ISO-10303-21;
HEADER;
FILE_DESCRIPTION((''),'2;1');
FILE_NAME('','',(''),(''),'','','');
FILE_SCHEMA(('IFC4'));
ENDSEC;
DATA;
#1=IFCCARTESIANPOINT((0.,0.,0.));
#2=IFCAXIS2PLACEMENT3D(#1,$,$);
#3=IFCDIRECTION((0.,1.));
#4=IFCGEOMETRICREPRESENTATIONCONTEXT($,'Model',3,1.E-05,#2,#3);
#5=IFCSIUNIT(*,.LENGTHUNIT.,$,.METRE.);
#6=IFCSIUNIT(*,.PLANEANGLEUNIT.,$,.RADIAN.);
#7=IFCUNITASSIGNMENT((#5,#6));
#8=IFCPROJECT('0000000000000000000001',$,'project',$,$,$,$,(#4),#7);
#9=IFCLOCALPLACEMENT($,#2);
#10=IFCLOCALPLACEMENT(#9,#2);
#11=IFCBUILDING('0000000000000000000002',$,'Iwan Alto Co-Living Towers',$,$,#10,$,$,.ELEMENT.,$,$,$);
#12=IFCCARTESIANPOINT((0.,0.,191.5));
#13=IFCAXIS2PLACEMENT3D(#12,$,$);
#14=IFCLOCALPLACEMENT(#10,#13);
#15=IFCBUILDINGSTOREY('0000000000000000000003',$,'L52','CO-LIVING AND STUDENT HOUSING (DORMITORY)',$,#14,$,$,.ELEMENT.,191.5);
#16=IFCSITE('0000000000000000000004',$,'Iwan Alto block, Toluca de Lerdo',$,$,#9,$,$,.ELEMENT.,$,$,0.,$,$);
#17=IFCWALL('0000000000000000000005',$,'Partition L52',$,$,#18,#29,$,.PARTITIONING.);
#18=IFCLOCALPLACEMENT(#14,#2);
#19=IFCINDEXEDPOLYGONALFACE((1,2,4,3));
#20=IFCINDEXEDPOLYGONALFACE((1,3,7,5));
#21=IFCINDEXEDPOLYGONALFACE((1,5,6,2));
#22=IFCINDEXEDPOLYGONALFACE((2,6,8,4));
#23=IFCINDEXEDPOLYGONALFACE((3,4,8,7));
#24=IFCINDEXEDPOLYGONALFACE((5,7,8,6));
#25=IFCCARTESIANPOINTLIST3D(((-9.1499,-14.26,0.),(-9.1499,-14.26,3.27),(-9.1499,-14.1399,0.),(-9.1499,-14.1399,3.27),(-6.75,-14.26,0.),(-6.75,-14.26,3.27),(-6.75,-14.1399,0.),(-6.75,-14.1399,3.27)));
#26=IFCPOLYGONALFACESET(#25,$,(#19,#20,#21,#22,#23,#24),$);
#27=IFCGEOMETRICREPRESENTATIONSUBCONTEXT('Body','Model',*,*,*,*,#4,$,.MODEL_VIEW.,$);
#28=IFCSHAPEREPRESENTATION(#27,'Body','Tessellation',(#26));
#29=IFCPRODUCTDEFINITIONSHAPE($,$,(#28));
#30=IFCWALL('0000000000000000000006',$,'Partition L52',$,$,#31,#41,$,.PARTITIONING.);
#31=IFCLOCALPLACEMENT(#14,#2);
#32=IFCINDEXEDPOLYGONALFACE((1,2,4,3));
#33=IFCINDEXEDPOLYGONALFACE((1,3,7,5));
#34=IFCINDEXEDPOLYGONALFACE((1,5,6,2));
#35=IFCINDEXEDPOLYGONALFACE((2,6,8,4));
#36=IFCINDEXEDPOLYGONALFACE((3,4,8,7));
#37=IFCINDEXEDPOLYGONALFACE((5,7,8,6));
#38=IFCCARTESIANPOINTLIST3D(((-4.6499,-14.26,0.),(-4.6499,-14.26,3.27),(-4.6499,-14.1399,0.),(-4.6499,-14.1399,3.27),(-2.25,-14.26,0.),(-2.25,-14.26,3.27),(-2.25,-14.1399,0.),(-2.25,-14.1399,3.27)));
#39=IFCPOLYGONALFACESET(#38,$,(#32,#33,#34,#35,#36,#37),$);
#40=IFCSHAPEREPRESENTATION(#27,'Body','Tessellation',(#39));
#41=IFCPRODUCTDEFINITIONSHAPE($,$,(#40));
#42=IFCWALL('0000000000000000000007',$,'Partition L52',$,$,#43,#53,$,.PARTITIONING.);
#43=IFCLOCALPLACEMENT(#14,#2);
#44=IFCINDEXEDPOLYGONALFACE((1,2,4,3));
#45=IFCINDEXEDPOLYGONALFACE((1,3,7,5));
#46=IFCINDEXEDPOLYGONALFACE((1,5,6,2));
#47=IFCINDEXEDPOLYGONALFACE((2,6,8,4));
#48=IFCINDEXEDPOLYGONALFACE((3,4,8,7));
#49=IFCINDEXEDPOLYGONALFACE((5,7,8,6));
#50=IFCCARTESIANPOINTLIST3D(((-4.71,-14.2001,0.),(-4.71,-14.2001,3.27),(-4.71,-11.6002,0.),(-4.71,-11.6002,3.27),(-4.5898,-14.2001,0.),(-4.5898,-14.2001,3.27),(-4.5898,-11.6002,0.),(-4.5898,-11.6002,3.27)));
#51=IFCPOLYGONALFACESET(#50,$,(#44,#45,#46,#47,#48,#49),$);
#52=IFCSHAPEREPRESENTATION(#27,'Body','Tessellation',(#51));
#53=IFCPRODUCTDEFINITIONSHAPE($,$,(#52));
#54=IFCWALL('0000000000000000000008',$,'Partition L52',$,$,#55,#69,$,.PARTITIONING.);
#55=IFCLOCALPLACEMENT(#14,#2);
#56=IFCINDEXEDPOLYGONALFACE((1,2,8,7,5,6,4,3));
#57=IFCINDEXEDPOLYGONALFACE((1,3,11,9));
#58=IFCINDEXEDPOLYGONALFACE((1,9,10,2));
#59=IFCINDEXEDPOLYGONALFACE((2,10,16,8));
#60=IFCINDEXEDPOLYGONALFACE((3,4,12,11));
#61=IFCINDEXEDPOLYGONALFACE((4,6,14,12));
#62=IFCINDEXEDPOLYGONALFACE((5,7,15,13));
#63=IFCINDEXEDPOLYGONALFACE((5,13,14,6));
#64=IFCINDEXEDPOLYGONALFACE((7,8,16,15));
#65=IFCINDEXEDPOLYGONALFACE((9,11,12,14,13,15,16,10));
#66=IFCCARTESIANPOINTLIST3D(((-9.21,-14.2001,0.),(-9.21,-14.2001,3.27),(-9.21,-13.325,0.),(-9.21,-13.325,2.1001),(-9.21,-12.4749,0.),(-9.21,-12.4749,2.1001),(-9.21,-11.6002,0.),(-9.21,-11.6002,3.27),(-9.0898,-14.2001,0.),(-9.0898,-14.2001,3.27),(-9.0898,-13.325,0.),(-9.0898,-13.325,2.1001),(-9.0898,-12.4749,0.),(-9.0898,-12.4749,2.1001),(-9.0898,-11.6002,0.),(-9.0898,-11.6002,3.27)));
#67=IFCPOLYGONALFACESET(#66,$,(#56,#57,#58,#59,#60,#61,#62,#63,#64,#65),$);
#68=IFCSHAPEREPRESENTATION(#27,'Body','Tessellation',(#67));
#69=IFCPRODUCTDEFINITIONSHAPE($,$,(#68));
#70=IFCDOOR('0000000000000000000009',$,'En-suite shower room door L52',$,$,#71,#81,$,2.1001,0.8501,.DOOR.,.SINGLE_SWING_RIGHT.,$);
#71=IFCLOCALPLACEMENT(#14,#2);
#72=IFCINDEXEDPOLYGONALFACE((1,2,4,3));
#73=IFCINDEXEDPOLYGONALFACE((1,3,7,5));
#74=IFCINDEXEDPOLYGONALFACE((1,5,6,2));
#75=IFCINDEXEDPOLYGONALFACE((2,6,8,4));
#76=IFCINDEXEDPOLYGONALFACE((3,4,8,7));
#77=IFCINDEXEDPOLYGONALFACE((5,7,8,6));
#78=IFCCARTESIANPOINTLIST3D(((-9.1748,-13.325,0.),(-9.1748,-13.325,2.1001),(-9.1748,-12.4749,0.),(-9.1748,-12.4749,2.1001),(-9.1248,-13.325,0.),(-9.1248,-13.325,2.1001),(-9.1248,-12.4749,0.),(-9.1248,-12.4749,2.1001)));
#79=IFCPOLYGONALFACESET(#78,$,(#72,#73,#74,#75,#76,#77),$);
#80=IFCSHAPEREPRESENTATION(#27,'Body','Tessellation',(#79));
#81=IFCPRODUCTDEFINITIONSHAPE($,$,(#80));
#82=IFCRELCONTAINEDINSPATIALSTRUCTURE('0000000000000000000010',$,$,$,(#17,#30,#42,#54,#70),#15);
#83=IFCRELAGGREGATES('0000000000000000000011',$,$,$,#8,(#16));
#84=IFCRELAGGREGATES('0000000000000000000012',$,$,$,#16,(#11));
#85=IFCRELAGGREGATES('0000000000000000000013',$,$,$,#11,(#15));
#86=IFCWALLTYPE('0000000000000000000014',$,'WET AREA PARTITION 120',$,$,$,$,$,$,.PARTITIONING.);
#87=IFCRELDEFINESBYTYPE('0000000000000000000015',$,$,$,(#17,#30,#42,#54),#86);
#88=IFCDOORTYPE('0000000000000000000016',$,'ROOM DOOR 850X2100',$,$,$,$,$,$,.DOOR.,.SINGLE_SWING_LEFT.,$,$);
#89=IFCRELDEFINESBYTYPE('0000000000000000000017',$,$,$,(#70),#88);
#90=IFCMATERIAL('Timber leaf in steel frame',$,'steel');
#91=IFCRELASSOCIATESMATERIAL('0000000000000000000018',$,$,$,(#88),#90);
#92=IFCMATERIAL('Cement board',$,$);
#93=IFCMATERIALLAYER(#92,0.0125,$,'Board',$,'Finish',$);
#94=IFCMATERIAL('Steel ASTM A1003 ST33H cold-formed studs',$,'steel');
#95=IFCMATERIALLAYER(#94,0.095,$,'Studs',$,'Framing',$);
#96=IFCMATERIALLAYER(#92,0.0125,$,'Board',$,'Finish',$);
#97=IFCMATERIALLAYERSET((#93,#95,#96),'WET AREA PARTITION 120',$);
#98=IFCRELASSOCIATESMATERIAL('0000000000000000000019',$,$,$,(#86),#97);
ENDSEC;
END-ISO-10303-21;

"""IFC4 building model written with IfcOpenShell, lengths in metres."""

from ifc_helpers import new_model, si_unit, direction, frame, frame_2d, origin, place, context, subcontext, project, spatial, rectangle, extrude, material, layer, layer_set, type_object, element, fill, save


model = new_model("IFC4")

# Units and contexts
model_context = context("Model", 3, precision=1e-05, world=origin(), true_north=direction((0.0, 1.0)))
body_context = subcontext(model_context, "Body", "Model", "MODEL_VIEW")
ifc_project = project(units=[si_unit("LENGTHUNIT", "METRE"), si_unit("PLANEANGLEUNIT", "RADIAN")], contexts=[model_context])

# Site, building, storey
site_placement = place(None, origin())
site = spatial("IfcSite", under=ifc_project, at=site_placement, Name="Iwan Alto block, Toluca de Lerdo", CompositionType="ELEMENT", RefElevation=0.0)
building_placement = place(site_placement, origin())
building = spatial("IfcBuilding", under=site, at=building_placement, Name="Iwan Alto Co-Living Towers", CompositionType="ELEMENT")
storey_placement = place(building_placement, frame((0.0, 0.0, 191.5)))
storey = spatial("IfcBuildingStorey", under=building, at=storey_placement, Name="L52", Description="CO-LIVING AND STUDENT HOUSING (DORMITORY)", CompositionType="ELEMENT", Elevation=191.5)

# Shared definitions
ifc_material_1 = material(Name="Steel ASTM A1003 ST33H cold-formed studs", Category="steel")

# Shared definitions
ifc_material_2 = material(Name="Timber leaf in steel frame", Category="steel")
door_type_1 = type_object("IfcDoorType", Name="ROOM DOOR 850X2100", OperationType="SINGLE_SWING_LEFT", PredefinedType="DOOR", material=ifc_material_2)

# Walls
ifc_material_3 = material(Name="Cement board")
ifc_layer_1 = layer(ifc_material_3, 0.0125, Name="Board", Category="Finish")
ifc_layer_2 = layer(ifc_material_1, 0.095, Name="Studs", Category="Framing")
ifc_layer_3 = layer(ifc_material_3, 0.0125, Name="Board", Category="Finish")
ifc_layer_set_1 = layer_set([ifc_layer_1, ifc_layer_2, ifc_layer_3], Name="WET AREA PARTITION 120")
wall_type_1 = type_object("IfcWallType", Name="WET AREA PARTITION 120", PredefinedType="PARTITIONING", material=ifc_layer_set_1)
for number, where, z_axis, x_axis, name in (
    (1, (-9.1499, -14.2, 0.0), (0.0, 0.0, 1.0), (1.0, 0.0, 0.0), "Partition L52"),
    (2, (-4.6499, -14.2, 0.0), (0.0, 0.0, 1.0), (1.0, 0.0, 0.0), "Partition L52"),
):
    element("IfcWall", number, at=place(storey_placement, frame(where, z_axis=z_axis, x_axis=x_axis)), inside=storey, type_object=wall_type_1, Name=name, PredefinedType="PARTITIONING", context=body_context, shape_type="SweptSolid", body=[
        extrude(rectangle(XDim=2.3999, YDim=0.1201, at=frame_2d((1.2, 0.0))), origin(), (0.0, 0.0, 1.0), 3.27),
    ])
wall_1_placement = place(storey_placement, frame((-4.6499, -14.2, 0.0), z_axis=(0.0, 0.0, 1.0), x_axis=(0.0, 1.0, 0.0)))
element("IfcWall", 3, at=wall_1_placement, inside=storey, type_object=wall_type_1, Name="Partition L52", PredefinedType="PARTITIONING", context=body_context, shape_type="SweptSolid", body=[
    extrude(rectangle(XDim=2.5999, YDim=0.1201, at=frame_2d((1.2998, 0.0))), origin(), (0.0, 0.0, 1.0), 3.27),
])

# Wall, opening, door
wall_2_placement = place(storey_placement, frame((-9.1499, -14.2, 0.0), z_axis=(0.0, 0.0, 1.0), x_axis=(0.0, 1.0, 0.0)))
wall_2 = element("IfcWall", 4, at=wall_2_placement, inside=storey, type_object=wall_type_1, Name="Partition L52", PredefinedType="PARTITIONING", context=body_context, shape_type="SweptSolid", body=[
    extrude(rectangle(XDim=2.5999, YDim=0.1201, at=frame_2d((1.2998, 0.0))), origin(), (0.0, 0.0, 1.0), 3.27),
])
opening_1_placement = place(wall_2_placement, frame((0.875, 0.0, 0.0)))
opening_1 = element("IfcOpeningElement", 5, at=opening_1_placement, cuts=wall_2, PredefinedType="OPENING", context=body_context, shape_type="SweptSolid", body=[
    extrude(rectangle(XDim=0.8501, YDim=2.1001, at=frame_2d((0.425, 1.05))), frame((0.0, 0.0701, 0.0), z_axis=(0.0, -1.0, 0.0), x_axis=(1.0, 0.0, 0.0)), (0.0, 0.0, 1.0), 0.1401),
])
door_1_placement = place(opening_1_placement, origin())
door_1 = element("IfcDoor", 6, at=door_1_placement, inside=storey, type_object=door_type_1, Name="En-suite shower room door L52", OperationType="SINGLE_SWING_RIGHT", OverallHeight=2.1001, OverallWidth=0.8501, PredefinedType="DOOR", context=body_context, shape_type="SweptSolid", body=[
    extrude(rectangle(XDim=0.8501, YDim=2.1001, at=frame_2d((0.425, 1.05))), frame((0.0, 0.0249, 0.0), z_axis=(0.0, -1.0, 0.0), x_axis=(1.0, 0.0, 0.0)), (0.0, 0.0, 1.0), 0.05),
])
fill(opening_1, door_1)

save(model, "model.ifc")
